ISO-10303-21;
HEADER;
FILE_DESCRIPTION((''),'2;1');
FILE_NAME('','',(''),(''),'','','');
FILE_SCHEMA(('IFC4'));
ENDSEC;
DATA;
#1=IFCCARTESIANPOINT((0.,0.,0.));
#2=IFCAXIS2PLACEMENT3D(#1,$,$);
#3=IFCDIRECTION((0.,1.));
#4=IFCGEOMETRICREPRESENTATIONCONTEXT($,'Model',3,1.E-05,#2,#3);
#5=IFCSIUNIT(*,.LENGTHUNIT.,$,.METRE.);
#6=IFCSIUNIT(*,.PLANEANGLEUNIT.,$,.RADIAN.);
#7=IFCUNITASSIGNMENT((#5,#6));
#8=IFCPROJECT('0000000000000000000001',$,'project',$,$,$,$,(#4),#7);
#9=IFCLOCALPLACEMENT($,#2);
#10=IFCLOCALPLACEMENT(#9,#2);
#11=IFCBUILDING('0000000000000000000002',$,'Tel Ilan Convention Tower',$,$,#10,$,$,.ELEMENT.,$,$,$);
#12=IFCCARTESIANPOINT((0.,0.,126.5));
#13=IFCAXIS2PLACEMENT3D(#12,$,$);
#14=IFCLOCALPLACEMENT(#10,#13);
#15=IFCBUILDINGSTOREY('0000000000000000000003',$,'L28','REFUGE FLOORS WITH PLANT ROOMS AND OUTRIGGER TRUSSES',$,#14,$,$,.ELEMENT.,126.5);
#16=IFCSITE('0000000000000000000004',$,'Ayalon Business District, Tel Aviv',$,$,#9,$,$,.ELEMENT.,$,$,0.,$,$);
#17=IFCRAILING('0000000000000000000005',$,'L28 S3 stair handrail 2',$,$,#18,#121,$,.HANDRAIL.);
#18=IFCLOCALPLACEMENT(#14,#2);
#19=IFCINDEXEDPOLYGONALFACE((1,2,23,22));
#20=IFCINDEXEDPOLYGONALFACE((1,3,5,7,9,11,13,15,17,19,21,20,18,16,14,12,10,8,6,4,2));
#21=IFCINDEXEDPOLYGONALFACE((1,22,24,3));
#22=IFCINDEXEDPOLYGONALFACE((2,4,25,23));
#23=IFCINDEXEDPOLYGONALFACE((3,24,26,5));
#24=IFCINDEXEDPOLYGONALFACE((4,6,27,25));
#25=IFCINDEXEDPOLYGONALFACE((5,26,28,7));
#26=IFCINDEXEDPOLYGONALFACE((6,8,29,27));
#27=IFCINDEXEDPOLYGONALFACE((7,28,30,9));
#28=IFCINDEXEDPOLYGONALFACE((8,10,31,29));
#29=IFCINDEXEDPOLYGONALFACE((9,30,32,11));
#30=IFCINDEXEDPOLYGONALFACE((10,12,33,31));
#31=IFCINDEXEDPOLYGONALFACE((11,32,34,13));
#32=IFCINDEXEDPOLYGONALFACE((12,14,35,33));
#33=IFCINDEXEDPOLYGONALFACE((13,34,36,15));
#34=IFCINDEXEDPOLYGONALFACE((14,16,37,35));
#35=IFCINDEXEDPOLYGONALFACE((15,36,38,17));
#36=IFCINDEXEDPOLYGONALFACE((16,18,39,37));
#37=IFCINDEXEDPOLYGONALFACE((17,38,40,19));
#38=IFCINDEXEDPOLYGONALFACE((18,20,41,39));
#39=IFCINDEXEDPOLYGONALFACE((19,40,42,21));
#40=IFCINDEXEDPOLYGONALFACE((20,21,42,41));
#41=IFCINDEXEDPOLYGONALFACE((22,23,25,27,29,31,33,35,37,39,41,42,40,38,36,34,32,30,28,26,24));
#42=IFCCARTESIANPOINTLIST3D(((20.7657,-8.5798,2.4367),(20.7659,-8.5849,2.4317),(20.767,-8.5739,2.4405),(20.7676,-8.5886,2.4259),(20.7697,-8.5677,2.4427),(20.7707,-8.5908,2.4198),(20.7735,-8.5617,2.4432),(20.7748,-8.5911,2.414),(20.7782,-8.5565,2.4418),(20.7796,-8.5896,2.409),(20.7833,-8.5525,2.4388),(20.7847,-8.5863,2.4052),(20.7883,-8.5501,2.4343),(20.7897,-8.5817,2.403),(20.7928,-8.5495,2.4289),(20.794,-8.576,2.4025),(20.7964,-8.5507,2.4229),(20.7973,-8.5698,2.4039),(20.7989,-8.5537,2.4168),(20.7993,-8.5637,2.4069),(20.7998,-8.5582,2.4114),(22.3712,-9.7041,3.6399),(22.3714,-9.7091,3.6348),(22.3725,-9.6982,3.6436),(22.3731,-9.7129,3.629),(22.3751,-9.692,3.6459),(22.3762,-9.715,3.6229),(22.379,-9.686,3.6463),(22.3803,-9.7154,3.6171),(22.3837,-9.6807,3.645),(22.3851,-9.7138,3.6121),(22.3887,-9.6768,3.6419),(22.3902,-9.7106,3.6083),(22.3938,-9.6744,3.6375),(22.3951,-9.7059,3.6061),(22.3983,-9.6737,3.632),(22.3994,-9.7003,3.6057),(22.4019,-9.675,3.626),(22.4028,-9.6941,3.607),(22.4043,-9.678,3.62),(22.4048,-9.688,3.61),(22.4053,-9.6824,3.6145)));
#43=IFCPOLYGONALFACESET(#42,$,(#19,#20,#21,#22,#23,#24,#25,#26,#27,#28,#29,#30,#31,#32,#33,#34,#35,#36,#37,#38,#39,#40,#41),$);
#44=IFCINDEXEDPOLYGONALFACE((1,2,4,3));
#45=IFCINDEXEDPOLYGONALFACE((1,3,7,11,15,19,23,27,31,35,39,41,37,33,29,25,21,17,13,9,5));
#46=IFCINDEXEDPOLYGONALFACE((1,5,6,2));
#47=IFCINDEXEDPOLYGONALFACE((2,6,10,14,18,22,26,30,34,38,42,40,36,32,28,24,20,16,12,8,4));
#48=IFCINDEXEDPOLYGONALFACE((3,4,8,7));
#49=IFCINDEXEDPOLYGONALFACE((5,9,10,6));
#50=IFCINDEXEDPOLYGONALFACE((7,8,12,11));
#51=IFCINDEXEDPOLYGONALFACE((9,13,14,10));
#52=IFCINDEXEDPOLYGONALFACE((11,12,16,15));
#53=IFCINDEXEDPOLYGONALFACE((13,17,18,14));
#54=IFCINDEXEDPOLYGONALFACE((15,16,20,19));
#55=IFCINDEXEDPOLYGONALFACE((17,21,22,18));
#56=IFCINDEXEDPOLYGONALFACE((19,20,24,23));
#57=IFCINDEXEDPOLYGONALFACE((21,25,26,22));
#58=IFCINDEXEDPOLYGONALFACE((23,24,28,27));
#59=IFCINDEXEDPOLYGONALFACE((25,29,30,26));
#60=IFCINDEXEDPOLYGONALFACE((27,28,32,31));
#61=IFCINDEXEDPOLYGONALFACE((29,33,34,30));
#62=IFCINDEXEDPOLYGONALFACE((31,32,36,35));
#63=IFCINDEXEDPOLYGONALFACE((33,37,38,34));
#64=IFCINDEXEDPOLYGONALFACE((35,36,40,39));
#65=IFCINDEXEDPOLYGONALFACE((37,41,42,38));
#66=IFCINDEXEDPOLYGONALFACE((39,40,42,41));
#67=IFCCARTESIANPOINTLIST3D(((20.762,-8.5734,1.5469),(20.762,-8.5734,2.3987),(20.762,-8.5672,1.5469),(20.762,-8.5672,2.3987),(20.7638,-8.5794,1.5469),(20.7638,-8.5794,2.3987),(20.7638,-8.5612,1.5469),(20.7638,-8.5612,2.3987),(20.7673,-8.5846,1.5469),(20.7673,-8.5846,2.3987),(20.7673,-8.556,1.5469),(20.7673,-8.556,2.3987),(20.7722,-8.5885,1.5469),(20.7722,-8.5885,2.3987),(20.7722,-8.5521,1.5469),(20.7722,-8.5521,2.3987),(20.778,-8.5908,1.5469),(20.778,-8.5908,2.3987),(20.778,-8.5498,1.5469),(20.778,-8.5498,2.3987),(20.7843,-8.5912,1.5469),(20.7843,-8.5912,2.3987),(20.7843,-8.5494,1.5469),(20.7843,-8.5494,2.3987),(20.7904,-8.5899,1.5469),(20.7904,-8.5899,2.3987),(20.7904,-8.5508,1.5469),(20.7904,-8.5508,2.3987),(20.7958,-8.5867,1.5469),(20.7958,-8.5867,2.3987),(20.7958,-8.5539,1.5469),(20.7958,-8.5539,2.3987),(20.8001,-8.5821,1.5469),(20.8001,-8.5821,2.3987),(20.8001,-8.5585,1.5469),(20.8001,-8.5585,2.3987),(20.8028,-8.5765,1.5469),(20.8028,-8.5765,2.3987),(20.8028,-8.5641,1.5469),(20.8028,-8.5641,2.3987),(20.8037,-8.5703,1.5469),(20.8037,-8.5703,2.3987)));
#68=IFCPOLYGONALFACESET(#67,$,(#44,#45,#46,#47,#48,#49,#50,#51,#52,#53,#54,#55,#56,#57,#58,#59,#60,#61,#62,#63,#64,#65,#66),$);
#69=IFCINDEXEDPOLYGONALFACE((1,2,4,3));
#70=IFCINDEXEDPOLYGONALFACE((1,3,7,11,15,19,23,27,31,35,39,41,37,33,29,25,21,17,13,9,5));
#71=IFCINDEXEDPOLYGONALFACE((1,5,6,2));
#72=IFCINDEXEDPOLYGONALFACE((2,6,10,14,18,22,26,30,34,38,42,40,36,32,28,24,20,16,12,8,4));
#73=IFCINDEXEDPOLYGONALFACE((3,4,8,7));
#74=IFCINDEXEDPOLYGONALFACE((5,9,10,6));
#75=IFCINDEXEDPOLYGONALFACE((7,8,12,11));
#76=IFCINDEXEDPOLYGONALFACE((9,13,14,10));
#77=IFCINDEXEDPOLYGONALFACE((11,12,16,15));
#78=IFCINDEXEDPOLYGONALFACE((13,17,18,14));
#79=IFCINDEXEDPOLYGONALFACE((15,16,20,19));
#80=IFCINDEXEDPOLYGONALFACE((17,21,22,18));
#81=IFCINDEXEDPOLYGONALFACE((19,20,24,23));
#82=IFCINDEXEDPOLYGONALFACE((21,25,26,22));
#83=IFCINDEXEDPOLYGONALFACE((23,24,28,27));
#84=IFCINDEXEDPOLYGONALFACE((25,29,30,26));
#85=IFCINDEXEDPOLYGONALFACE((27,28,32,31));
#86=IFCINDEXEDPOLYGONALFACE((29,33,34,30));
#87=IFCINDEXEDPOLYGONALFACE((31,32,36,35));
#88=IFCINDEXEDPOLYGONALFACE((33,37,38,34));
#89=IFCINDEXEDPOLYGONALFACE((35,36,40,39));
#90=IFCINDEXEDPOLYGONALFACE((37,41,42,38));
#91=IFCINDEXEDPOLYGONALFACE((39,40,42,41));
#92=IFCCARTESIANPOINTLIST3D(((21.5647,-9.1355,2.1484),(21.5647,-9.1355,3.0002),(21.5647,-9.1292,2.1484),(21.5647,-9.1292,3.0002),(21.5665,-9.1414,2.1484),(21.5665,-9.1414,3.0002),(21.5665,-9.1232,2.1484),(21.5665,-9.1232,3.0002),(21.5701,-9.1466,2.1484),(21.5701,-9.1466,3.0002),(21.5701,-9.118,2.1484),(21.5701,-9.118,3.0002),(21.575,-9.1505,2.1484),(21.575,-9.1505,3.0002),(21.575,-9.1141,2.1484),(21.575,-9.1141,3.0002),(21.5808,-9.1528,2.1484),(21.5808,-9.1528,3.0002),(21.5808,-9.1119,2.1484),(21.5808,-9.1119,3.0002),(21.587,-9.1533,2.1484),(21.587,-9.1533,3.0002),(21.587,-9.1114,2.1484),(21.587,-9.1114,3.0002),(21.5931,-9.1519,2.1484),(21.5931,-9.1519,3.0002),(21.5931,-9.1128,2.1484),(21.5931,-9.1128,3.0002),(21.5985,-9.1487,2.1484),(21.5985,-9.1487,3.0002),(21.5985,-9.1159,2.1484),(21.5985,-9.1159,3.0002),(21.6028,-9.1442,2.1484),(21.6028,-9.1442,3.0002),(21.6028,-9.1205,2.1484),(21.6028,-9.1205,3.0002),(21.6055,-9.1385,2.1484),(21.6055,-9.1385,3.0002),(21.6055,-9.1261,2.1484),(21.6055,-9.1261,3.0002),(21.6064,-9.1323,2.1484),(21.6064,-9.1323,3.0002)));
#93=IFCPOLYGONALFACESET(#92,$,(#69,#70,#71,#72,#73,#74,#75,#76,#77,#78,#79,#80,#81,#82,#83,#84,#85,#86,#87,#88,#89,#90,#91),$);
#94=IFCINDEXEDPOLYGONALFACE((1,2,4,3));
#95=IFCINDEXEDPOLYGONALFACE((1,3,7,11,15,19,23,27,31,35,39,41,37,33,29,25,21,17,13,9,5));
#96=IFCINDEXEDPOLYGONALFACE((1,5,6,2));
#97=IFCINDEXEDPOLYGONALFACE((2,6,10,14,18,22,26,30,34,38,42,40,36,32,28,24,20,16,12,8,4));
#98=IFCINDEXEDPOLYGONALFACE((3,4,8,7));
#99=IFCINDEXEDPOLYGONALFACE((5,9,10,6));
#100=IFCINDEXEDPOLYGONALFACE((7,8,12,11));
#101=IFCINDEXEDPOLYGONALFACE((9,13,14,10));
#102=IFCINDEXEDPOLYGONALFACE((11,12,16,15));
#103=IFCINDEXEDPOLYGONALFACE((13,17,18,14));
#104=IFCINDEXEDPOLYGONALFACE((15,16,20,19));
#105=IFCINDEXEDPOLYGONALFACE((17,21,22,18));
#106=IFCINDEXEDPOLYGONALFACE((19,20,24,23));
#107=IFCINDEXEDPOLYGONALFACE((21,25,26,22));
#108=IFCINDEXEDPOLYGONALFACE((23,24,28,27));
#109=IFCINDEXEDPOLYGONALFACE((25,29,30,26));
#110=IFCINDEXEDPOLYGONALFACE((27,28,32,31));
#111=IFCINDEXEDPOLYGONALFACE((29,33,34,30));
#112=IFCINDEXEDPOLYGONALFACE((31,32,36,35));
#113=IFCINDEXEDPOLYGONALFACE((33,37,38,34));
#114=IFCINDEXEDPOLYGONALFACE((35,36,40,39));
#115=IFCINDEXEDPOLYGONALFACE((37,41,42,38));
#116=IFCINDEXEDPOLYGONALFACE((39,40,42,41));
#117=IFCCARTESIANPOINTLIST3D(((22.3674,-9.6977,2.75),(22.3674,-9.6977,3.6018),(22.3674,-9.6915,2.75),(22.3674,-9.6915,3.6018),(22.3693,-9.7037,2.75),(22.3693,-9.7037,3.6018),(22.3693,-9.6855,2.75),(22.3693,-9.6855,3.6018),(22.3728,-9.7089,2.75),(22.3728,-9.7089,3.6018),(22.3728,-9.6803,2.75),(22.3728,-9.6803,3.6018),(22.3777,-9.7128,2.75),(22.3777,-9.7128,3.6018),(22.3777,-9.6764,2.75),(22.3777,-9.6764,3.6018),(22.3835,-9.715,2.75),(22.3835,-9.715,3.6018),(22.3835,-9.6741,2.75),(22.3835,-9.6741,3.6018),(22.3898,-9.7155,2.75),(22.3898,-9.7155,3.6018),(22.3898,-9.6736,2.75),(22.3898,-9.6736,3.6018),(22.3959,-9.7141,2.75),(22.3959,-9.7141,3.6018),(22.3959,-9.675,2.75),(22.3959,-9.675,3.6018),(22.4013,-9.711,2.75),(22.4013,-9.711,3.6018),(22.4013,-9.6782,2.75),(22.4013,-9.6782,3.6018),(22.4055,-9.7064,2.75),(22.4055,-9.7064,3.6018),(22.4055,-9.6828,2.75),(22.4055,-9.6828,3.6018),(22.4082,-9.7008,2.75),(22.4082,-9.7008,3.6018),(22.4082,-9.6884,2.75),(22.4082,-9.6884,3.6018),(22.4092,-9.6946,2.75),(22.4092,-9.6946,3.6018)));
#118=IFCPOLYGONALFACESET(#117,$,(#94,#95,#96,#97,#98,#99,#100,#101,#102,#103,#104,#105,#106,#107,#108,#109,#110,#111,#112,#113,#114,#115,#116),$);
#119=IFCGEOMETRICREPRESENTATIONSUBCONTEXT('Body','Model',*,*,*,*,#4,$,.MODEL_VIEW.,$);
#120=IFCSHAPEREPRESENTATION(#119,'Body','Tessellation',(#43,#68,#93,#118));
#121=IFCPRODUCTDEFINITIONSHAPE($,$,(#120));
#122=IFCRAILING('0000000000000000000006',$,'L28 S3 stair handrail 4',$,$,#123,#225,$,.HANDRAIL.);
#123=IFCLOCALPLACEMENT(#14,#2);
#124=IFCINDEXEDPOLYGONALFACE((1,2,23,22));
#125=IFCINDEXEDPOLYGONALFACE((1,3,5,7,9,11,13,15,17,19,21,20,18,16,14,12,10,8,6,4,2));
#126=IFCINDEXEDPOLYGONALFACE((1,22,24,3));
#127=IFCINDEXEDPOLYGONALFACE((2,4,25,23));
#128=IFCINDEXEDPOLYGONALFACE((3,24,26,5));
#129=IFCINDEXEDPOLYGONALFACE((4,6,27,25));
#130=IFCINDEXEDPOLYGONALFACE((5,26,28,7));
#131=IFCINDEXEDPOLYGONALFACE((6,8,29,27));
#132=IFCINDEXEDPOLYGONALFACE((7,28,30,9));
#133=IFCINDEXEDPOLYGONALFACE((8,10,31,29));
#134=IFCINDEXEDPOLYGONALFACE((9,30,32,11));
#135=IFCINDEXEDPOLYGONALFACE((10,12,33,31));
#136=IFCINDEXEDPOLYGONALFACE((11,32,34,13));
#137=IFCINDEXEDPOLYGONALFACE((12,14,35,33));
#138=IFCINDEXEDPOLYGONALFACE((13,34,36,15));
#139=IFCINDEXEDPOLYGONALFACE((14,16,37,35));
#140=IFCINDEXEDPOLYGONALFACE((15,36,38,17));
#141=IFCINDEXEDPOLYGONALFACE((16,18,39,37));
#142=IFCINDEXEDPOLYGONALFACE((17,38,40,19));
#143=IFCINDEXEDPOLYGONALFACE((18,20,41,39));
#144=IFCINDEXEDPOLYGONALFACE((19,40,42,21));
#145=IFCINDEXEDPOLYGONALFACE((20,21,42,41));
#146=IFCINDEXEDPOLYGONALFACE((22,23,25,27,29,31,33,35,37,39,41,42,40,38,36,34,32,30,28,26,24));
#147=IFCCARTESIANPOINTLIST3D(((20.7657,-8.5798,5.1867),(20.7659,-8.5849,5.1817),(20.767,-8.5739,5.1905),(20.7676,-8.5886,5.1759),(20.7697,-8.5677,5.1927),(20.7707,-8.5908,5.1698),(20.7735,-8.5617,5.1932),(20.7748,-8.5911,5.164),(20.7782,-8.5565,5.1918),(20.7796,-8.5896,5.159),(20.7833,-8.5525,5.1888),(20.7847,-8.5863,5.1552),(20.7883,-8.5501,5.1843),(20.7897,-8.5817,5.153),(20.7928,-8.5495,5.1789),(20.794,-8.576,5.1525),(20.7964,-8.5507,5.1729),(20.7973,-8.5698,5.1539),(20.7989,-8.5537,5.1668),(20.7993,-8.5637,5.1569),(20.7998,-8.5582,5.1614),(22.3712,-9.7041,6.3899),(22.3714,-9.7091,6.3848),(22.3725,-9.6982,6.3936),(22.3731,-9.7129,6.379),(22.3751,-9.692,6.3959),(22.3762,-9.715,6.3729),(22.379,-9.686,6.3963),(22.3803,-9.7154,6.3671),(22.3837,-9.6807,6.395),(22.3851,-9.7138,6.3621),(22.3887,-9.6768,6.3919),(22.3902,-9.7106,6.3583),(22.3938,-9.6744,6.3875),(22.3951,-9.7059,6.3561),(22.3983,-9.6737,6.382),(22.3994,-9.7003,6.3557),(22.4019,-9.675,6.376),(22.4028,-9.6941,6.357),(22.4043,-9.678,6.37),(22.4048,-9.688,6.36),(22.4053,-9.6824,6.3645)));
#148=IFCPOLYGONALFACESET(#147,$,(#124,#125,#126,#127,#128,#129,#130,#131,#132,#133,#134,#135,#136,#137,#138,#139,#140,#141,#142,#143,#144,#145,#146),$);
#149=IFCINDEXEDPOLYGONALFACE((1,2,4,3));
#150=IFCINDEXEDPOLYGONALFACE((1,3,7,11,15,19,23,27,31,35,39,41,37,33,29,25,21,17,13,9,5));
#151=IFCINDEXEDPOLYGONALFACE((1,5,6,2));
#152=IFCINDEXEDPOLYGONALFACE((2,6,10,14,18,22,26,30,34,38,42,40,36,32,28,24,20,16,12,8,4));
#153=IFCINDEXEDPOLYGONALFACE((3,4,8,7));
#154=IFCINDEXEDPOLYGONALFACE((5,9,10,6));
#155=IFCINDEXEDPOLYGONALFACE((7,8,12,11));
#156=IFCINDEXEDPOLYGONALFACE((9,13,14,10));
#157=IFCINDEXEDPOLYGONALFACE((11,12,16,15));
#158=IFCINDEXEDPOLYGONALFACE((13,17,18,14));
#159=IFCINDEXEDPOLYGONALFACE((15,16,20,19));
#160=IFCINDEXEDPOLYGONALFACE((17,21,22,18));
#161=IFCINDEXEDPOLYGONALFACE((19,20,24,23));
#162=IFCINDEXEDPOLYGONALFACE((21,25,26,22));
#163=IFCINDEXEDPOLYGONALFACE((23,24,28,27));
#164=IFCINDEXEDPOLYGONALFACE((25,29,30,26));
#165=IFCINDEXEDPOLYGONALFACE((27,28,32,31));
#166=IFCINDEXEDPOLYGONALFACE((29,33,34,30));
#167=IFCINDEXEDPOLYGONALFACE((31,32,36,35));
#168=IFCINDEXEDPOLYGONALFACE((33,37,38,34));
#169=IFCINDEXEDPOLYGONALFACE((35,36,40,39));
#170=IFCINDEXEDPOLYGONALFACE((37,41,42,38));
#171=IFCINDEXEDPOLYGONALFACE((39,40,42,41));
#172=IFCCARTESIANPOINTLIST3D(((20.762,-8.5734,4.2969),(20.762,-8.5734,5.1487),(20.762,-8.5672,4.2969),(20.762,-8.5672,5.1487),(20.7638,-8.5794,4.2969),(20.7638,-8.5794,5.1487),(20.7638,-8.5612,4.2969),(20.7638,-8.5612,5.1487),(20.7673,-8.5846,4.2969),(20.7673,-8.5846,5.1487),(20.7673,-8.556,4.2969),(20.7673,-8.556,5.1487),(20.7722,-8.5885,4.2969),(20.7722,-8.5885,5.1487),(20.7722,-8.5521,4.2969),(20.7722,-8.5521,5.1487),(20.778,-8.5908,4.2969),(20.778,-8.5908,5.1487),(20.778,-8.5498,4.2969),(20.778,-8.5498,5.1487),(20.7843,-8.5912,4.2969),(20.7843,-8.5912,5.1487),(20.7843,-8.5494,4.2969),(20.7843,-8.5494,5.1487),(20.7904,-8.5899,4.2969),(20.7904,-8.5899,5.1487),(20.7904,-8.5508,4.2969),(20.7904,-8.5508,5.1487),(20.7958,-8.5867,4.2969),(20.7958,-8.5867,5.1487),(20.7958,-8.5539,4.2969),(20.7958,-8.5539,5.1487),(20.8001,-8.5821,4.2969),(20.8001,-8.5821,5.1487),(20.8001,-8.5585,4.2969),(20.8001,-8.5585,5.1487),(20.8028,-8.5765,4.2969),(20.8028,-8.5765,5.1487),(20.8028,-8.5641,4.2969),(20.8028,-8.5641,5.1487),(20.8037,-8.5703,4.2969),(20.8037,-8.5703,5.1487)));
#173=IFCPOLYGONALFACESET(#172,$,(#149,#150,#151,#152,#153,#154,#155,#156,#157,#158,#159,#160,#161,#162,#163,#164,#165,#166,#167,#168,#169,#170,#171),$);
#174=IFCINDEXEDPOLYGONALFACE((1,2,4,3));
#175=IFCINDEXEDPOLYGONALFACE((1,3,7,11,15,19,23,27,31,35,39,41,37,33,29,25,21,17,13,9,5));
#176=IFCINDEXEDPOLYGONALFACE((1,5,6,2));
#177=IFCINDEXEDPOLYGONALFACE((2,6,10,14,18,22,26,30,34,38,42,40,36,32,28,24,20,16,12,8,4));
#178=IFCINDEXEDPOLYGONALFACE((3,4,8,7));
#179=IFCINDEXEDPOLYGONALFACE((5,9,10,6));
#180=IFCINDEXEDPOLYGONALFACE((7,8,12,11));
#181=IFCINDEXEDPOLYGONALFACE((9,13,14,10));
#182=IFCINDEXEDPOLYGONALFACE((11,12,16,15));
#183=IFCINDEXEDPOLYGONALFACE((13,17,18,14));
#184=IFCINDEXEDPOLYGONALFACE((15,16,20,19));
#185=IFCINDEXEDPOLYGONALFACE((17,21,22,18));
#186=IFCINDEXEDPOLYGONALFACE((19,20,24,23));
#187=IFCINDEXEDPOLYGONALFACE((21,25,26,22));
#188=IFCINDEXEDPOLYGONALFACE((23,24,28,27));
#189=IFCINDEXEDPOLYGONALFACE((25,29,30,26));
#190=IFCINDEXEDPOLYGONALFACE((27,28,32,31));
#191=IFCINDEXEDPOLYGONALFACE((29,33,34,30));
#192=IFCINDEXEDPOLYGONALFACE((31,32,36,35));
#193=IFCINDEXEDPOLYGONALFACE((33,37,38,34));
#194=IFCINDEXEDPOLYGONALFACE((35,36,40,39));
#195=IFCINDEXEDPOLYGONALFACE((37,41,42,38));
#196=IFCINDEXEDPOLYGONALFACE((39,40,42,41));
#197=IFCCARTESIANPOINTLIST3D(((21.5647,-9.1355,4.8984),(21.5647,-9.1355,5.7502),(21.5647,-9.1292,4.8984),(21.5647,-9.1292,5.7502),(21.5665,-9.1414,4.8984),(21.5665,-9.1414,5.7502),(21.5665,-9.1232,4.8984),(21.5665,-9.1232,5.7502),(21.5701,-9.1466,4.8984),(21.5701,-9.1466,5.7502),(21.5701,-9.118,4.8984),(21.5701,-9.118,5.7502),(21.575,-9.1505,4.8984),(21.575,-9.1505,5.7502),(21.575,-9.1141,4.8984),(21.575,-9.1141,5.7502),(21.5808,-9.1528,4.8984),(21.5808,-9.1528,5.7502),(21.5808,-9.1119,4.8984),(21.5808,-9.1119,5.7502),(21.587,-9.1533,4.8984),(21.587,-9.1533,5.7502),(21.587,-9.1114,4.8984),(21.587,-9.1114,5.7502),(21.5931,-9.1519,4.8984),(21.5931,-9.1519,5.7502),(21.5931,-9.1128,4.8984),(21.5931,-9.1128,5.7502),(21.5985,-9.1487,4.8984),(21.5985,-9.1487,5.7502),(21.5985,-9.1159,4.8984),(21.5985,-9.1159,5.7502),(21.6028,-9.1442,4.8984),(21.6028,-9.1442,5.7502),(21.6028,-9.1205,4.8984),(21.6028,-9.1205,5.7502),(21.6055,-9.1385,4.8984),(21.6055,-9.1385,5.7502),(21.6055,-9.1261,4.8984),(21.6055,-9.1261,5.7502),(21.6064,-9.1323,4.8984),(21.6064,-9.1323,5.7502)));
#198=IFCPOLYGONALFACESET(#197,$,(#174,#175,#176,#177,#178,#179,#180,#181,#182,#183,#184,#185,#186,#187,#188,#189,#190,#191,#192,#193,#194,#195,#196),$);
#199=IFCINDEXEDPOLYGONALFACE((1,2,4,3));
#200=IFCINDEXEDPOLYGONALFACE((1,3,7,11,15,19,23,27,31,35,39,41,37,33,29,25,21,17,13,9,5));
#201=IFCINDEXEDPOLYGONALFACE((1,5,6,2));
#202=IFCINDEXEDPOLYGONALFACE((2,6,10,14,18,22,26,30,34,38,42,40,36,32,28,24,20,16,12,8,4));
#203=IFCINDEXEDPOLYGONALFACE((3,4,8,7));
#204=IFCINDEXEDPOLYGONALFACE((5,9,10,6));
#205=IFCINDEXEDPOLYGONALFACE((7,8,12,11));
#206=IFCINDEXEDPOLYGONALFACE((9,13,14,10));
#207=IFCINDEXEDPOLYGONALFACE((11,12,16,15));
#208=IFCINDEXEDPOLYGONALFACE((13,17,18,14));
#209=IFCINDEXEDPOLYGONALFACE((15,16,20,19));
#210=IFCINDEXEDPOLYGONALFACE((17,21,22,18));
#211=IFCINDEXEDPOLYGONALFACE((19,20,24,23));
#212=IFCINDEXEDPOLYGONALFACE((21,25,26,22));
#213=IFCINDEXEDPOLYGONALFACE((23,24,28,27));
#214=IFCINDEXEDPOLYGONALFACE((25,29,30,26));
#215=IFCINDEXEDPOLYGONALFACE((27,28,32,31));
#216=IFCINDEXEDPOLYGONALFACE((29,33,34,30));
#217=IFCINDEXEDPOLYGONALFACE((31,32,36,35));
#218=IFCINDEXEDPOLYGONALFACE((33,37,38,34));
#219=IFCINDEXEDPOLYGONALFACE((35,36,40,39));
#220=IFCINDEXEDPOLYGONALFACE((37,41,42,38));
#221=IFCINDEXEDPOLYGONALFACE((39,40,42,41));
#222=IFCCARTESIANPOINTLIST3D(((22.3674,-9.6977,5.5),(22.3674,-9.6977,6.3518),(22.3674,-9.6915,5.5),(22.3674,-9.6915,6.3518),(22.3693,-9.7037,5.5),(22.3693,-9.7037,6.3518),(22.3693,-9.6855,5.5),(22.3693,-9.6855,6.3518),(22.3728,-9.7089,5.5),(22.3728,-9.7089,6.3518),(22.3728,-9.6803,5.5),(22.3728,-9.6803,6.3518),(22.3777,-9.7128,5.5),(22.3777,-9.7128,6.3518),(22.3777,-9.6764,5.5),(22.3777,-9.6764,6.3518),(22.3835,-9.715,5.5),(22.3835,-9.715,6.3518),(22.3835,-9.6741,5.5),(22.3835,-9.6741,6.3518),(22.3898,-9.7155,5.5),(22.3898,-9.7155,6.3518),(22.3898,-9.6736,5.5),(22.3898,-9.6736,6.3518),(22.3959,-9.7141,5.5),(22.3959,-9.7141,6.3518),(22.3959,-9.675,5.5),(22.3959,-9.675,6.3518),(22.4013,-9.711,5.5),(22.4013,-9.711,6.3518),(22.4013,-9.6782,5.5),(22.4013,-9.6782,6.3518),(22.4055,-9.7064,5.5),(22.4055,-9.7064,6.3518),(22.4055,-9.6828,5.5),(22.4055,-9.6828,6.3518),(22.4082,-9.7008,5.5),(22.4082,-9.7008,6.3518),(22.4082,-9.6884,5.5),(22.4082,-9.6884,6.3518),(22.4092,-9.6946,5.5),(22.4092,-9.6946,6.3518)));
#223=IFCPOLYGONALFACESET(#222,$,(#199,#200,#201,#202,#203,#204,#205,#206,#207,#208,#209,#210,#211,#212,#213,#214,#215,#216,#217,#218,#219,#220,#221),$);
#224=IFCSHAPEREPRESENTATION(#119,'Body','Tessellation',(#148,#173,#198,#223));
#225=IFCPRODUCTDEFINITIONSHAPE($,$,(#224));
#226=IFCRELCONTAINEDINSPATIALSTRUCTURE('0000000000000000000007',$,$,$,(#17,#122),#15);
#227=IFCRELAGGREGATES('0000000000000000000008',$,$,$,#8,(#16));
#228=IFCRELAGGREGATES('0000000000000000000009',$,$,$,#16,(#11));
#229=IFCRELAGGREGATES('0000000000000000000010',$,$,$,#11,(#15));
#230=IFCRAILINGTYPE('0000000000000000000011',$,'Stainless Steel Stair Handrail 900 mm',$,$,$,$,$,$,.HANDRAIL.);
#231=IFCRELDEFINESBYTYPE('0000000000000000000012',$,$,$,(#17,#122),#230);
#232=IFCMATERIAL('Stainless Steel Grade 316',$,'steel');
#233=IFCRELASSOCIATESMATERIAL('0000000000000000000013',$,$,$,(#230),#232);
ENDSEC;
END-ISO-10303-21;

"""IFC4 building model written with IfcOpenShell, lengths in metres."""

from ifc_helpers import new_model, si_unit, direction, frame, origin, origin_2d, place, context, subcontext, project, spatial, circle, extrude, material, type_object, element, save


model = new_model("IFC4")

# Units and contexts
model_context = context("Model", 3, precision=1e-05, world=origin(), true_north=direction((0.0, 1.0)))
body_context = subcontext(model_context, "Body", "Model", "MODEL_VIEW")
ifc_project = project(units=[si_unit("LENGTHUNIT", "METRE"), si_unit("PLANEANGLEUNIT", "RADIAN")], contexts=[model_context])

# Site, building, storey
site_placement = place(None, origin())
site = spatial("IfcSite", under=ifc_project, at=site_placement, Name="Ayalon Business District, Tel Aviv", CompositionType="ELEMENT", RefElevation=0.0)
building_placement = place(site_placement, origin())
building = spatial("IfcBuilding", under=site, at=building_placement, Name="Tel Ilan Convention Tower", CompositionType="ELEMENT")
storey_placement = place(building_placement, frame((0.0, 0.0, 126.5)))
storey = spatial("IfcBuildingStorey", under=building, at=storey_placement, Name="L28", Description="REFUGE FLOORS WITH PLANT ROOMS AND OUTRIGGER TRUSSES", CompositionType="ELEMENT", Elevation=126.5)

# Railings
ifc_material_1 = material(Name="Stainless Steel Grade 316", Category="steel")
railing_type_1 = type_object("IfcRailingType", Name="Stainless Steel Stair Handrail 900 mm", PredefinedType="HANDRAIL", material=ifc_material_1)
for number, where, name in (
    (1, (20.7827, -8.5703, 1.5469), "L28 S3 stair handrail 2"),
    (2, (20.7827, -8.5703, 4.2969), "L28 S3 stair handrail 4"),
):
    element("IfcRailing", number, at=place(storey_placement, frame(where)), inside=storey, type_object=railing_type_1, Name=name, PredefinedType="HANDRAIL", context=body_context, shape_type="SweptSolid", body=[
        extrude(circle(Radius=0.0239, at=origin_2d()), frame((0.0, 0.0, 0.876), z_axis=(0.698095, -0.488857, 0.523146), x_axis=(0.573613, 0.819127, 0.0)), (0.0, 0.0, 1.0), 2.2998),
        extrude(circle(Radius=0.021, at=origin_2d()), origin(), (0.0, 0.0, 1.0), 0.8518),
        extrude(circle(Radius=0.021, at=origin_2d()), frame((0.8027, -0.562, 0.6016)), (0.0, 0.0, 1.0), 0.8518),
        extrude(circle(Radius=0.021, at=origin_2d()), frame((1.6055, -1.1243, 1.2031)), (0.0, 0.0, 1.0), 0.8518),
    ])

save(model, "model.ifc")
